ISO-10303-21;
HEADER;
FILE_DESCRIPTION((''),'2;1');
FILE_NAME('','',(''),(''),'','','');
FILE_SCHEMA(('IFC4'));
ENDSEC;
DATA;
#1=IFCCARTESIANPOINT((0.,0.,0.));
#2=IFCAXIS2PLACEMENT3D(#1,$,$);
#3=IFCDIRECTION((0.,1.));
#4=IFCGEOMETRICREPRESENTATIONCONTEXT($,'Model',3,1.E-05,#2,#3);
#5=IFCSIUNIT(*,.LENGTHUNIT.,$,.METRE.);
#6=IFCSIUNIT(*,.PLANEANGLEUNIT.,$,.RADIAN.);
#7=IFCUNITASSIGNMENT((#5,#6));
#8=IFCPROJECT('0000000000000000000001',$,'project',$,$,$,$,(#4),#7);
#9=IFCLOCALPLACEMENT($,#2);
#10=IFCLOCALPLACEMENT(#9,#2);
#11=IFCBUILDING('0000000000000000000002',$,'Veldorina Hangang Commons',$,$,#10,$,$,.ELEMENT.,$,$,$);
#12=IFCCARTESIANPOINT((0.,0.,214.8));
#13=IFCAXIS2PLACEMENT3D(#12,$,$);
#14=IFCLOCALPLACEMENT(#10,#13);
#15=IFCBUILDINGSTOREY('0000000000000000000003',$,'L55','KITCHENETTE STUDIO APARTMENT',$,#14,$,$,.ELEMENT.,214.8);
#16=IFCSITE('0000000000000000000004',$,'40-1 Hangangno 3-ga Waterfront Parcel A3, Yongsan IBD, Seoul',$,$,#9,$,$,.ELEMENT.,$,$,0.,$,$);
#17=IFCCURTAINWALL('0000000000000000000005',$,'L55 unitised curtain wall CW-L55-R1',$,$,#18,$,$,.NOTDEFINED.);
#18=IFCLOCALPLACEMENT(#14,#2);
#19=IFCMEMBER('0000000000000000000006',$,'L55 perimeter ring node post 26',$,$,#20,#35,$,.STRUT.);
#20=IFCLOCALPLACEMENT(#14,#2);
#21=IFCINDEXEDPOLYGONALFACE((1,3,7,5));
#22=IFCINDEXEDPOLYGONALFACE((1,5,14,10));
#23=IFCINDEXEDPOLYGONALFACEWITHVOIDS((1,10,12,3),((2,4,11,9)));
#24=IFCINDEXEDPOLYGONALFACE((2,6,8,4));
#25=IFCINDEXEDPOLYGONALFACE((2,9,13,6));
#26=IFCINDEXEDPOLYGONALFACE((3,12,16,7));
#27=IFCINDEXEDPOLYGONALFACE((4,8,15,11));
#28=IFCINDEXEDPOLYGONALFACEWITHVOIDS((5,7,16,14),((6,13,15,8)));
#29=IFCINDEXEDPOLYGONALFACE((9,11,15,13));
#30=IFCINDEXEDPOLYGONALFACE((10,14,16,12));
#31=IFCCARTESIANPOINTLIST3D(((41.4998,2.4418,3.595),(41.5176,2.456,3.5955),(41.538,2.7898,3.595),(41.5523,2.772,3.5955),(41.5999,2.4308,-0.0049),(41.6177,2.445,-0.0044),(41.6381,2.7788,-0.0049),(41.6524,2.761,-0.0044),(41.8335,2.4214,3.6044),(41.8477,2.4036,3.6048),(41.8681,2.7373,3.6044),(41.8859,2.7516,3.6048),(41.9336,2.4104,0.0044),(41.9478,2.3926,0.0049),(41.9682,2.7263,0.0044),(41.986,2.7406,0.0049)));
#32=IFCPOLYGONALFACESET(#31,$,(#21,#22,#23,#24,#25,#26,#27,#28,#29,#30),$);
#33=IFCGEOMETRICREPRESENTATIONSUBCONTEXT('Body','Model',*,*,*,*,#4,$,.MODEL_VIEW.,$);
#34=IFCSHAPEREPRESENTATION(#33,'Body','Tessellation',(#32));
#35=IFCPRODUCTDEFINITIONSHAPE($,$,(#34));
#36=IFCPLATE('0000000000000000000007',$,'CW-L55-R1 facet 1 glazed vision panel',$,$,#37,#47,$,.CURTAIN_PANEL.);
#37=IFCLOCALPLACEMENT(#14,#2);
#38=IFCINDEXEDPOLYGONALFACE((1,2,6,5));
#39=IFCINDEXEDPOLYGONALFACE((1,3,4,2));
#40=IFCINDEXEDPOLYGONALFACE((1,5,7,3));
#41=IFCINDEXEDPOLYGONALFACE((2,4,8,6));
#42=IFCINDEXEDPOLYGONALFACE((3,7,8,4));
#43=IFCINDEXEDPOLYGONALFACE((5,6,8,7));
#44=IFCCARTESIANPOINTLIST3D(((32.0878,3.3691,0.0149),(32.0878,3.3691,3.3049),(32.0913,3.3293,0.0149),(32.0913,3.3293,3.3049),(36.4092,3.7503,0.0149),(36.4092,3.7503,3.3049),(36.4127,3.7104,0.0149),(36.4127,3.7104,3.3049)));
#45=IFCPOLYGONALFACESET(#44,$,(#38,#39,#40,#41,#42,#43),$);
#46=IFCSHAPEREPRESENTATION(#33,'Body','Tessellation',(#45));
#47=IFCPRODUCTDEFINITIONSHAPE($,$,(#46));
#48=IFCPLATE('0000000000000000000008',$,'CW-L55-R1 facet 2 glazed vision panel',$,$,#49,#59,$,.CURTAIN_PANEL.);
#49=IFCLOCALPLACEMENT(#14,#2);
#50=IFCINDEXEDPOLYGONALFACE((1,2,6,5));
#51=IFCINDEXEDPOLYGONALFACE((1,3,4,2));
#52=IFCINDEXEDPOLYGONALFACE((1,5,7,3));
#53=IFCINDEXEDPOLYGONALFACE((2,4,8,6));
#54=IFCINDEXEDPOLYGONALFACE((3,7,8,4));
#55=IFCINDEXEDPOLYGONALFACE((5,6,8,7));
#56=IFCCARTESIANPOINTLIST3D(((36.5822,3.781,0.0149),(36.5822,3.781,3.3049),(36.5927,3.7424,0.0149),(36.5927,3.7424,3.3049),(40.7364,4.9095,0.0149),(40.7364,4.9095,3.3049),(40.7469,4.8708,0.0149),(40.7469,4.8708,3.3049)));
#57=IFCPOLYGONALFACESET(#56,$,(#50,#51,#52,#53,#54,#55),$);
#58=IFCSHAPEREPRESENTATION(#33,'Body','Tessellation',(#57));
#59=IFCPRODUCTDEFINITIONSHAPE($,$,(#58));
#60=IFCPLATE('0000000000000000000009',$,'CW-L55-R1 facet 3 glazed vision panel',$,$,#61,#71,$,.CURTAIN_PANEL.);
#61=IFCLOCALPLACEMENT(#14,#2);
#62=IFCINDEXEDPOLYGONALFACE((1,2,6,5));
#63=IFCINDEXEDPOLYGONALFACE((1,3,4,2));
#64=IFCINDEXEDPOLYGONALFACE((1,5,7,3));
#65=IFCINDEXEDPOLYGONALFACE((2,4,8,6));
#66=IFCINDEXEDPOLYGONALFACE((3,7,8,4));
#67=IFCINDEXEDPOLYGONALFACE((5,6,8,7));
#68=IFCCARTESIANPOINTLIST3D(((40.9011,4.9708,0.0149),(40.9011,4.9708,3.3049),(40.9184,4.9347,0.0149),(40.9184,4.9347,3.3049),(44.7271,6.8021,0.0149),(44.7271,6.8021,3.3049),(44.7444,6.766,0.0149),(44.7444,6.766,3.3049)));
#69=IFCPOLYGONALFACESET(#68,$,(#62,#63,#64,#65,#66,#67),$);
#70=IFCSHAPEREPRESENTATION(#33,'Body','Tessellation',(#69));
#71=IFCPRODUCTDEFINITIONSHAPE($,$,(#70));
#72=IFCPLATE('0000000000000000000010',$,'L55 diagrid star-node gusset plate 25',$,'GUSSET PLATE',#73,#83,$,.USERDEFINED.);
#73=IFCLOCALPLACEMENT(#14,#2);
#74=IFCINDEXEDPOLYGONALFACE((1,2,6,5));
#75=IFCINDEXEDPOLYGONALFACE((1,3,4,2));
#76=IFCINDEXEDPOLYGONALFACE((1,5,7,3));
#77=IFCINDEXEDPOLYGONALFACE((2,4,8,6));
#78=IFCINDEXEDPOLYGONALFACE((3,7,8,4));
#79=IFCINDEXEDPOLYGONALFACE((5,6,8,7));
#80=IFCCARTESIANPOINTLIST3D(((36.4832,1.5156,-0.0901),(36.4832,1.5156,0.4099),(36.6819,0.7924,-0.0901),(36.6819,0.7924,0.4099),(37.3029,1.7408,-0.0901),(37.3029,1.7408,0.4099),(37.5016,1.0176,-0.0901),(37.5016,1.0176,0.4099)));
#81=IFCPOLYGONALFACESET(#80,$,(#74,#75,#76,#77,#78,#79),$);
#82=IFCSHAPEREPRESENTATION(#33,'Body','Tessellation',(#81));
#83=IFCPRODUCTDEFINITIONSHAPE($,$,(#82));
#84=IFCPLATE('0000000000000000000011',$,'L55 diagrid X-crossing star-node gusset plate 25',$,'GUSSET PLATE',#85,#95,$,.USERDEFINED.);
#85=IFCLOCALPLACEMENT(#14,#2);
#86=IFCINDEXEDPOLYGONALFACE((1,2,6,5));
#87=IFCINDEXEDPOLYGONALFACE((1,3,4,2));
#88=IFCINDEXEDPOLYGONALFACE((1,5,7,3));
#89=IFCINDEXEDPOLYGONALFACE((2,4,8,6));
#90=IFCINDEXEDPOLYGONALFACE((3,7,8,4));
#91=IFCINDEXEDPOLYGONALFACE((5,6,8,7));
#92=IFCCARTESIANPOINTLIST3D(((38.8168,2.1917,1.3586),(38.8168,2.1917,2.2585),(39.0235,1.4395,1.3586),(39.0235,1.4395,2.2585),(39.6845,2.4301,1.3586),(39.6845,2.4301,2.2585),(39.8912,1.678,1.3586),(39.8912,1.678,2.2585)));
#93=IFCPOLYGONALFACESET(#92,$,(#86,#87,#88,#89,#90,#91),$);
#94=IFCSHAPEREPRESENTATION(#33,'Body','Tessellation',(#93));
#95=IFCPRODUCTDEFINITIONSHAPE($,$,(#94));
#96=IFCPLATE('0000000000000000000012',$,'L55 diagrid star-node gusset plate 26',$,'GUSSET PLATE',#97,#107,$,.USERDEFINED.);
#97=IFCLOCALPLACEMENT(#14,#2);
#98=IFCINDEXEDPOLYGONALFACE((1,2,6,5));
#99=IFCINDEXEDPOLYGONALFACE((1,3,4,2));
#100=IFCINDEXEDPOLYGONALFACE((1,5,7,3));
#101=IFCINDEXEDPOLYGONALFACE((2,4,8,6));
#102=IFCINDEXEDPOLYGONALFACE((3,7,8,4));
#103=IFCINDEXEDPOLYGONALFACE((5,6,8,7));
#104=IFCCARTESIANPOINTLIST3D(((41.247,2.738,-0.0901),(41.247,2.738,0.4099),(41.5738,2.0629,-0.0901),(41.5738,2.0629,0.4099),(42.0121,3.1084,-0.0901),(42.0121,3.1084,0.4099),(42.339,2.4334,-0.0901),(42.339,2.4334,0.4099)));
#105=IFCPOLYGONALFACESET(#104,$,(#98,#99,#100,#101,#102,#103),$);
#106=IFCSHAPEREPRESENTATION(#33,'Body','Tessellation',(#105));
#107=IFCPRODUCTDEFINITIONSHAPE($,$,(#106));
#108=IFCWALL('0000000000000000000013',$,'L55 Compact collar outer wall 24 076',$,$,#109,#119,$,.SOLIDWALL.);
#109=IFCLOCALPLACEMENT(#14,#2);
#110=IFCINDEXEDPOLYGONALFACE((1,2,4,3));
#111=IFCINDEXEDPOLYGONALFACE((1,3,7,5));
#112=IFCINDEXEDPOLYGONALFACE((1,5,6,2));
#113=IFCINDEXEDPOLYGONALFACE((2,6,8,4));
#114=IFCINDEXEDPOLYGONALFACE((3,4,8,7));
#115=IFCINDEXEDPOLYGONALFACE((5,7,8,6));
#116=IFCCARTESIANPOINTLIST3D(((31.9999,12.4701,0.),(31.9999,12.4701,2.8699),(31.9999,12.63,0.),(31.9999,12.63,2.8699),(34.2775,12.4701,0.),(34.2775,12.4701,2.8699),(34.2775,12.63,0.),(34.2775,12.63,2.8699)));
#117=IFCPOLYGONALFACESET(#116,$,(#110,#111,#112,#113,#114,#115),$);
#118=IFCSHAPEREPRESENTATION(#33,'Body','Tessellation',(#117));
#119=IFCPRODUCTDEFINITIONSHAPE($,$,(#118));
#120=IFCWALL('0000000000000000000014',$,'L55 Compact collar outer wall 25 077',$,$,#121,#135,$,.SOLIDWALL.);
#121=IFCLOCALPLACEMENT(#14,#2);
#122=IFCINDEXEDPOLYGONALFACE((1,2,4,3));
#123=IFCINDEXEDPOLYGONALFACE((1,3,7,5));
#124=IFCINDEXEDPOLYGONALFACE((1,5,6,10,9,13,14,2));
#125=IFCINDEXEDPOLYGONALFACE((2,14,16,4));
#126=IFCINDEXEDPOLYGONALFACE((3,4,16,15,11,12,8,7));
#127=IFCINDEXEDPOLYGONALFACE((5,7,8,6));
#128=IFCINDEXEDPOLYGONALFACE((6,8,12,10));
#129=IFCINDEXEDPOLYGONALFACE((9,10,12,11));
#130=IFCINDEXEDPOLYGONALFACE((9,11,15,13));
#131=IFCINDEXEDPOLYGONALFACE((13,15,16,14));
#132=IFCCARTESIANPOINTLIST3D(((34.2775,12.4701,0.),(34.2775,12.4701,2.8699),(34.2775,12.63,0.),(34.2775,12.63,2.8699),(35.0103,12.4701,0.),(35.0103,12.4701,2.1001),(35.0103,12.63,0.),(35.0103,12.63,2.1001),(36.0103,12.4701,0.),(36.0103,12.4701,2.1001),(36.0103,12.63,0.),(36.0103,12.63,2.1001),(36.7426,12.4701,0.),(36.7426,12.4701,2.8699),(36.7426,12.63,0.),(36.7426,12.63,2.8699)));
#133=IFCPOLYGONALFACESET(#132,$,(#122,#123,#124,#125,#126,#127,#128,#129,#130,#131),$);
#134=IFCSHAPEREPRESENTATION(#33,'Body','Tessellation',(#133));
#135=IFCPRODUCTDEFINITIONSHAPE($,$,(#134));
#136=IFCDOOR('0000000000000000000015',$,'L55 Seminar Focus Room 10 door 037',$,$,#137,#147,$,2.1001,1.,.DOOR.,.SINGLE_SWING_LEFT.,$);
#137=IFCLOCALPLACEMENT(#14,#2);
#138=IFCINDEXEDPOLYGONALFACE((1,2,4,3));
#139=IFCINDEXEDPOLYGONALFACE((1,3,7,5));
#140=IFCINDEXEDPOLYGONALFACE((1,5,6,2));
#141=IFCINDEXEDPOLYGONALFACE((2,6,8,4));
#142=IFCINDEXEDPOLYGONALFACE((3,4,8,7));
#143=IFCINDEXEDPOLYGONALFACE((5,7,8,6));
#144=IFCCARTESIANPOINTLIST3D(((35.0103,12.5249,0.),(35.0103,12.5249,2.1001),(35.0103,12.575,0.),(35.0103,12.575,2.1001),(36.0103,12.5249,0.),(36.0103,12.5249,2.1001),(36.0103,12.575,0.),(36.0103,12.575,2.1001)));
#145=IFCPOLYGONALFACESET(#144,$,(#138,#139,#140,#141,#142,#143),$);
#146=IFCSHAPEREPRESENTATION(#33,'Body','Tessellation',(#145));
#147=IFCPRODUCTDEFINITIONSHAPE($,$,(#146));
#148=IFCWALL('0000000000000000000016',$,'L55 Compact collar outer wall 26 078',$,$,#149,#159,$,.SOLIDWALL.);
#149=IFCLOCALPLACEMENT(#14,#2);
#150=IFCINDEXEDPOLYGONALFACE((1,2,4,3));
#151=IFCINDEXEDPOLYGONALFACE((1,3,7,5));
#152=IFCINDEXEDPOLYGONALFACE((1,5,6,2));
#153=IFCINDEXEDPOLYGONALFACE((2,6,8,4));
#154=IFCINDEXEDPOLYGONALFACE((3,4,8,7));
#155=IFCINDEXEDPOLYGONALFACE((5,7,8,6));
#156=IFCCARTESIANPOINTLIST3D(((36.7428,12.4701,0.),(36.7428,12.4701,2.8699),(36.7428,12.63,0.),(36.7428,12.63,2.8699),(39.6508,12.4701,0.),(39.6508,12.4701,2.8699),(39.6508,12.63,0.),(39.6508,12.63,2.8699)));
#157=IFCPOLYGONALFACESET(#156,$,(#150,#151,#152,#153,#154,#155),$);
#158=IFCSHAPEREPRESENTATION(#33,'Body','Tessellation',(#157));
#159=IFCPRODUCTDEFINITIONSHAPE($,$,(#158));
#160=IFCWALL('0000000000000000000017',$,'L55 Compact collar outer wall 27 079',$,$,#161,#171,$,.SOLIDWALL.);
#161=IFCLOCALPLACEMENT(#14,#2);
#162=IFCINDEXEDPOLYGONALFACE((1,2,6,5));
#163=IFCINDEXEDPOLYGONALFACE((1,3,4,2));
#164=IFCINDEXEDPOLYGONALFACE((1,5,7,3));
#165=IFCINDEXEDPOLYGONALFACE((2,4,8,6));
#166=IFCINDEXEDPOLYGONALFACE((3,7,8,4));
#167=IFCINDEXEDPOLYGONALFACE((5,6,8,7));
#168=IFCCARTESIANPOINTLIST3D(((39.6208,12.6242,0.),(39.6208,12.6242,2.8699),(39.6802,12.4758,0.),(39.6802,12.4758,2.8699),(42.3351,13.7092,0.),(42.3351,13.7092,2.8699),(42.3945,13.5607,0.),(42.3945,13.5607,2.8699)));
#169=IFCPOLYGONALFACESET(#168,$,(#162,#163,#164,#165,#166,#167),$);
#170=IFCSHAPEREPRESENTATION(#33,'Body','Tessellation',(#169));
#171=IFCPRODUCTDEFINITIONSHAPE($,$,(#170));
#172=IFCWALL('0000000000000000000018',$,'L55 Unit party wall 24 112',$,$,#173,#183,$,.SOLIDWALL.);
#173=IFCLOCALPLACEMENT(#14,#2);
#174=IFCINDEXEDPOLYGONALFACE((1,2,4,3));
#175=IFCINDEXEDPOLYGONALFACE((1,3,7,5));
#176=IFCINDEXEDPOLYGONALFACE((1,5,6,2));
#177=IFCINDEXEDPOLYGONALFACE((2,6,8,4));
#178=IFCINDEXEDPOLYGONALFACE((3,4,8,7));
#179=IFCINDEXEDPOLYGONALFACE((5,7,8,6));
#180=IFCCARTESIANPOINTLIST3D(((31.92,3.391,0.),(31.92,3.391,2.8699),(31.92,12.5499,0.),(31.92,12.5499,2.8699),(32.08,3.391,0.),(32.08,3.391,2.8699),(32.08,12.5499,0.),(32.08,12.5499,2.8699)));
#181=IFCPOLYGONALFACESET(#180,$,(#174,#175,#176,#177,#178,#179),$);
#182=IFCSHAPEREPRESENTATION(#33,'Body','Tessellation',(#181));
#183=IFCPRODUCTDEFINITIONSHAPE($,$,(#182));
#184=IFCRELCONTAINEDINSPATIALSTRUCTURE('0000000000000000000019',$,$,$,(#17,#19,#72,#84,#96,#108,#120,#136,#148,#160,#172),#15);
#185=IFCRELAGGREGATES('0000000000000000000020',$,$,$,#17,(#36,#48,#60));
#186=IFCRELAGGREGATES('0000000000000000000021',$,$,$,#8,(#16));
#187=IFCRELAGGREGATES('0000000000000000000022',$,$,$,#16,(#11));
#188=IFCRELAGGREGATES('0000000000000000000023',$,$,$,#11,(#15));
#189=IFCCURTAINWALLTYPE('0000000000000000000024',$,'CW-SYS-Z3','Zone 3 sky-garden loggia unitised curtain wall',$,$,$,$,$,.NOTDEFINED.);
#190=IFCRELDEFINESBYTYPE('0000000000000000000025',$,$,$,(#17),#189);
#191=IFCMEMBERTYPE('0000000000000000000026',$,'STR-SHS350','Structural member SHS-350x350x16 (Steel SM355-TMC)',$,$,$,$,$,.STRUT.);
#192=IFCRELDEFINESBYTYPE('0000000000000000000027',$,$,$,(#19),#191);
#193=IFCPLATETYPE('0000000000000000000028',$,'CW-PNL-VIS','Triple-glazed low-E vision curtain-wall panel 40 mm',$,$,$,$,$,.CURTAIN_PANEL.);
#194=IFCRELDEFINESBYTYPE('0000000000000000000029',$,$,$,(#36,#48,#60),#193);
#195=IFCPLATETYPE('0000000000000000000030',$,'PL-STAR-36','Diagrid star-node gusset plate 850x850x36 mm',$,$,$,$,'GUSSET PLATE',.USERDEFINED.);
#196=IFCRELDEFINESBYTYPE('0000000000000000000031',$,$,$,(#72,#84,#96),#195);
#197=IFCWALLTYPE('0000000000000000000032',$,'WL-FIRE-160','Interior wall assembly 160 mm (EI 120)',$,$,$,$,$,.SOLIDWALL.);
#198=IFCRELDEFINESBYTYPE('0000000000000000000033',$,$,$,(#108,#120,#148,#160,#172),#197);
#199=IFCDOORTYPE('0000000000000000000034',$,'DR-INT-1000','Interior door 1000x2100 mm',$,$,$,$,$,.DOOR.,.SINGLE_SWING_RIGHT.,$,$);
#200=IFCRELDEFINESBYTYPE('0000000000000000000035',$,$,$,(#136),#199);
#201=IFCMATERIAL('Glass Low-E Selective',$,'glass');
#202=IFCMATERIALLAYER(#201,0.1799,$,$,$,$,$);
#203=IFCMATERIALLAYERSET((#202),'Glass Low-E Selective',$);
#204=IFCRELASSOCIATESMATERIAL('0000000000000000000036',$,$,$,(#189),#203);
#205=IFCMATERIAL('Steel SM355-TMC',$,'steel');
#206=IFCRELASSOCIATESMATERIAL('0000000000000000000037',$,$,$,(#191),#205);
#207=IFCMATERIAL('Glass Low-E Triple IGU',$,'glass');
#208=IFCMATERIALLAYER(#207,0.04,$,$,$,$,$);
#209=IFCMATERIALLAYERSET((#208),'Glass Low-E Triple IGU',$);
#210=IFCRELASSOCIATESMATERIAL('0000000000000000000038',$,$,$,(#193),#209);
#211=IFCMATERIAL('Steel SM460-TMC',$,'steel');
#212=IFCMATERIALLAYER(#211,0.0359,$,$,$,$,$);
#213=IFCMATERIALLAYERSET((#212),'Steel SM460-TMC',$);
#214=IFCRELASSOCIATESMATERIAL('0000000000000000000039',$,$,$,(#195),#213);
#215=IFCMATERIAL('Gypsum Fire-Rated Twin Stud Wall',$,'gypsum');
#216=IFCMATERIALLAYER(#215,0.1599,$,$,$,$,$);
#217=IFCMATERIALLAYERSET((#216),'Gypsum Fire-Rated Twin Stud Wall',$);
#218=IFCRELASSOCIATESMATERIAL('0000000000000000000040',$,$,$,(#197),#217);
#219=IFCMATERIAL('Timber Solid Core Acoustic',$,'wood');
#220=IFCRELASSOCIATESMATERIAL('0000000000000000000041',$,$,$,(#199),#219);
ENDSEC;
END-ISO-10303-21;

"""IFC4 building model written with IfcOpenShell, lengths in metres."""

from ifc_helpers import new_model, si_unit, direction, frame, frame_2d, origin, origin_2d, place, context, subcontext, project, spatial, rectangle, hollow_rectangle, extrude, material, layer, layer_set, material_profile, profile_set, type_object, element, fill, aggregate, save


model = new_model("IFC4")

# Units and contexts
model_context = context("Model", 3, precision=1e-05, world=origin(), true_north=direction((0.0, 1.0)))
body_context = subcontext(model_context, "Body", "Model", "MODEL_VIEW")
ifc_project = project(units=[si_unit("LENGTHUNIT", "METRE"), si_unit("PLANEANGLEUNIT", "RADIAN")], contexts=[model_context])

# Site, building, storey
site_placement = place(None, origin())
site = spatial("IfcSite", under=ifc_project, at=site_placement, Name="40-1 Hangangno 3-ga Waterfront Parcel A3, Yongsan IBD, Seoul", CompositionType="ELEMENT", RefElevation=0.0)
building_placement = place(site_placement, origin())
building = spatial("IfcBuilding", under=site, at=building_placement, Name="Veldorina Hangang Commons", CompositionType="ELEMENT")
storey_placement = place(building_placement, frame((0.0, 0.0, 214.8)))
storey = spatial("IfcBuildingStorey", under=building, at=storey_placement, Name="L55", Description="KITCHENETTE STUDIO APARTMENT", CompositionType="ELEMENT", Elevation=214.8)

# Shared definitions
ifc_material_1 = material(Name="Steel SM355-TMC", Category="steel")

# Curtain wall
ifc_material_2 = material(Name="Glass Low-E Selective", Category="glass")
ifc_layer_1 = layer(ifc_material_2, 0.1799)
ifc_layer_set_1 = layer_set([ifc_layer_1], Name="Glass Low-E Selective")
curtain_wall_type = type_object("IfcCurtainWallType", Name="CW-SYS-Z3", Description="Zone 3 sky-garden loggia unitised curtain wall", PredefinedType="NOTDEFINED", material=ifc_layer_set_1)
curtain_wall_placement = place(storey_placement, origin())
curtain_wall = element("IfcCurtainWall", 1, at=curtain_wall_placement, inside=storey, type_object=curtain_wall_type, Name="L55 unitised curtain wall CW-L55-R1", PredefinedType="NOTDEFINED")

# Member
ifc_material_profile_1 = material_profile(ifc_material_1, hollow_rectangle(XDim=0.3501, YDim=0.3501, WallThickness=0.0161, at=origin_2d()), Name="SHS-350x350x16")
ifc_profile_set_1 = profile_set([ifc_material_profile_1], Name="Steel SM355-TMC")
member_type_1 = type_object("IfcMemberType", Name="STR-SHS350", Description="Structural member SHS-350x350x16 (Steel SM355-TMC)", PredefinedType="STRUT", material=ifc_profile_set_1)
member_1_placement = place(storey_placement, frame((41.793, 2.5857, 0.0), z_axis=(-0.027795, 0.003051, 0.999609), x_axis=(-0.109101, -0.994031, 0.0)))
element("IfcMember", 2, at=member_1_placement, inside=storey, type_object=member_type_1, Name="L55 perimeter ring node post 26", PredefinedType="STRUT", context=body_context, shape_type="SweptSolid", body=[
    extrude(hollow_rectangle(XDim=0.3501, YDim=0.3501, WallThickness=0.0161, at=origin_2d()), origin(), (0.0, 0.0, 1.0), 3.6013),
])

# Plates
ifc_material_3 = material(Name="Glass Low-E Triple IGU", Category="glass")
ifc_layer_2 = layer(ifc_material_3, 0.04)
ifc_layer_set_2 = layer_set([ifc_layer_2], Name="Glass Low-E Triple IGU")
plate_type_1 = type_object("IfcPlateType", Name="CW-PNL-VIS", Description="Triple-glazed low-E vision curtain-wall panel 40 mm", PredefinedType="CURTAIN_PANEL", material=ifc_layer_set_2)
plate_1_placement = place(storey_placement, frame((34.2502, 3.5398, 0.0149), z_axis=(0.0, 0.0, 1.0), x_axis=(0.996132, 0.087869, 0.0)))
plate_1 = element("IfcPlate", 3, at=plate_1_placement, type_object=plate_type_1, Name="CW-L55-R1 facet 1 glazed vision panel", PredefinedType="CURTAIN_PANEL", context=body_context, shape_type="SweptSolid", body=[
    extrude(rectangle(XDim=4.3381, YDim=0.04, at=origin_2d()), origin(), (0.0, 0.0, 1.0), 3.29),
])
plate_2_placement = place(storey_placement, frame((38.6646, 4.3259, 0.0149), z_axis=(0.0, 0.0, 1.0), x_axis=(0.96503, 0.262139, 0.0)))
plate_2 = element("IfcPlate", 4, at=plate_2_placement, type_object=plate_type_1, Name="CW-L55-R1 facet 2 glazed vision panel", PredefinedType="CURTAIN_PANEL", context=body_context, shape_type="SweptSolid", body=[
    extrude(rectangle(XDim=4.3047, YDim=0.04, at=origin_2d()), origin(), (0.0, 0.0, 1.0), 3.29),
])
plate_3_placement = place(storey_placement, frame((42.8228, 5.8684, 0.0149), z_axis=(0.0, 0.0, 1.0), x_axis=(0.902006, 0.431724, 0.0)))
plate_3 = element("IfcPlate", 5, at=plate_3_placement, type_object=plate_type_1, Name="CW-L55-R1 facet 3 glazed vision panel", PredefinedType="CURTAIN_PANEL", context=body_context, shape_type="SweptSolid", body=[
    extrude(rectangle(XDim=4.2417, YDim=0.04, at=origin_2d()), origin(), (0.0, 0.0, 1.0), 3.29),
])
aggregate(curtain_wall, [plate_1, plate_2, plate_3])

# Plates
ifc_material_4 = material(Name="Steel SM460-TMC", Category="steel")
ifc_layer_3 = layer(ifc_material_4, 0.0359)
ifc_layer_set_3 = layer_set([ifc_layer_3], Name="Steel SM460-TMC")
plate_type_2 = type_object("IfcPlateType", Name="PL-STAR-36", Description="Diagrid star-node gusset plate 850x850x36 mm", ElementType="GUSSET PLATE", PredefinedType="USERDEFINED", material=ifc_layer_set_3)
plate_4_placement = place(storey_placement, frame((36.9924, 1.2666, -0.0901), z_axis=(0.0, 0.0, 1.0), x_axis=(0.964262, 0.26495, 0.0)))
element("IfcPlate", 6, at=plate_4_placement, inside=storey, type_object=plate_type_2, Name="L55 diagrid star-node gusset plate 25", ObjectType="GUSSET PLATE", PredefinedType="USERDEFINED", context=body_context, shape_type="SweptSolid", body=[
    extrude(rectangle(XDim=0.8501, YDim=0.75, at=origin_2d()), origin(), (0.0, 0.0, 1.0), 0.5),
])
plate_5_placement = place(storey_placement, frame((39.354, 1.9348, 1.3586), z_axis=(0.0, 0.0, 1.0), x_axis=(0.964262, 0.26495, 0.0)))
element("IfcPlate", 7, at=plate_5_placement, inside=storey, type_object=plate_type_2, Name="L55 diagrid X-crossing star-node gusset plate 25", ObjectType="GUSSET PLATE", PredefinedType="USERDEFINED", context=body_context, shape_type="SweptSolid", body=[
    extrude(rectangle(XDim=0.8999, YDim=0.78, at=origin_2d()), origin(), (0.0, 0.0, 1.0), 0.8999),
])
plate_6_placement = place(storey_placement, frame((41.793, 2.5857, -0.0901), z_axis=(0.0, 0.0, 1.0), x_axis=(0.90006, 0.435765, 0.0)))
element("IfcPlate", 8, at=plate_6_placement, inside=storey, type_object=plate_type_2, Name="L55 diagrid star-node gusset plate 26", ObjectType="GUSSET PLATE", PredefinedType="USERDEFINED", context=body_context, shape_type="SweptSolid", body=[
    extrude(rectangle(XDim=0.8501, YDim=0.75, at=origin_2d()), origin(), (0.0, 0.0, 1.0), 0.5),
])

# Wall
ifc_material_5 = material(Name="Gypsum Fire-Rated Twin Stud Wall", Category="gypsum")
ifc_layer_4 = layer(ifc_material_5, 0.1599)
ifc_layer_set_4 = layer_set([ifc_layer_4], Name="Gypsum Fire-Rated Twin Stud Wall")
wall_type_1 = type_object("IfcWallType", Name="WL-FIRE-160", Description="Interior wall assembly 160 mm (EI 120)", PredefinedType="SOLIDWALL", material=ifc_layer_set_4)
wall_1_placement = place(storey_placement, frame((32.0, 12.55, 0.0), z_axis=(0.0, 0.0, 1.0), x_axis=(1.0, 0.0, 0.0)))
element("IfcWall", 9, at=wall_1_placement, inside=storey, type_object=wall_type_1, Name="L55 Compact collar outer wall 24 076", PredefinedType="SOLIDWALL", context=body_context, shape_type="SweptSolid", body=[
    extrude(rectangle(XDim=2.2776, YDim=0.1599, at=frame_2d((1.1387, 0.0))), origin(), (0.0, 0.0, 1.0), 2.8699),
])

# Wall, opening, door
wall_2_placement = place(storey_placement, frame((34.2776, 12.55, 0.0), z_axis=(0.0, 0.0, 1.0), x_axis=(1.0, 0.0, 0.0)))
wall_2 = element("IfcWall", 10, at=wall_2_placement, inside=storey, type_object=wall_type_1, Name="L55 Compact collar outer wall 25 077", PredefinedType="SOLIDWALL", context=body_context, shape_type="SweptSolid", body=[
    extrude(rectangle(XDim=2.4651, YDim=0.1599, at=frame_2d((1.2324, 0.0))), origin(), (0.0, 0.0, 1.0), 2.8699),
])
opening_1_placement = place(wall_2_placement, frame((0.7327, 0.0, 0.0)))
opening_1 = element("IfcOpeningElement", 11, at=opening_1_placement, cuts=wall_2, PredefinedType="OPENING", context=body_context, shape_type="SweptSolid", body=[
    extrude(rectangle(XDim=1.0, YDim=2.1001, at=frame_2d((0.5, 1.05))), frame((0.0, 0.0898, 0.0), z_axis=(0.0, -1.0, 0.0), x_axis=(1.0, 0.0, 0.0)), (0.0, 0.0, 1.0), 0.1799),
])
ifc_material_6 = material(Name="Timber Solid Core Acoustic", Category="wood")
door_type = type_object("IfcDoorType", Name="DR-INT-1000", Description="Interior door 1000x2100 mm", OperationType="SINGLE_SWING_RIGHT", PredefinedType="DOOR", material=ifc_material_6)
door_1_placement = place(opening_1_placement, origin())
door_1 = element("IfcDoor", 12, at=door_1_placement, inside=storey, type_object=door_type, Name="L55 Seminar Focus Room 10 door 037", OperationType="SINGLE_SWING_LEFT", OverallHeight=2.1001, OverallWidth=1.0, PredefinedType="DOOR", context=body_context, shape_type="SweptSolid", body=[
    extrude(rectangle(XDim=1.0, YDim=2.1001, at=frame_2d((0.5, 1.05))), frame((0.0, 0.0249, 0.0), z_axis=(0.0, -1.0, 0.0), x_axis=(1.0, 0.0, 0.0)), (0.0, 0.0, 1.0), 0.05),
])
fill(opening_1, door_1)

# Walls
wall_3_placement = place(storey_placement, frame((36.7427, 12.55, 0.0), z_axis=(0.0, 0.0, 1.0), x_axis=(1.0, 0.0, 0.0)))
element("IfcWall", 13, at=wall_3_placement, inside=storey, type_object=wall_type_1, Name="L55 Compact collar outer wall 26 078", PredefinedType="SOLIDWALL", context=body_context, shape_type="SweptSolid", body=[
    extrude(rectangle(XDim=2.908, YDim=0.1599, at=frame_2d((1.4541, 0.0))), origin(), (0.0, 0.0, 1.0), 2.8699),
])
wall_4_placement = place(storey_placement, frame((39.6506, 12.55, 0.0), z_axis=(0.0, 0.0, 1.0), x_axis=(0.928569, 0.37116, 0.0)))
element("IfcWall", 14, at=wall_4_placement, inside=storey, type_object=wall_type_1, Name="L55 Compact collar outer wall 27 079", PredefinedType="SOLIDWALL", context=body_context, shape_type="SweptSolid", body=[
    extrude(rectangle(XDim=2.9231, YDim=0.1599, at=frame_2d((1.4614, 0.0))), origin(), (0.0, 0.0, 1.0), 2.8699),
])
wall_5_placement = place(storey_placement, frame((32.0, 12.55, 0.0), z_axis=(0.0, 0.0, 1.0), x_axis=(0.0, -1.0, 0.0)))
element("IfcWall", 15, at=wall_5_placement, inside=storey, type_object=wall_type_1, Name="L55 Unit party wall 24 112", PredefinedType="SOLIDWALL", context=body_context, shape_type="SweptSolid", body=[
    extrude(rectangle(XDim=9.1589, YDim=0.1599, at=frame_2d((4.5796, 0.0))), origin(), (0.0, 0.0, 1.0), 2.8699),
])

save(model, "model.ifc")
